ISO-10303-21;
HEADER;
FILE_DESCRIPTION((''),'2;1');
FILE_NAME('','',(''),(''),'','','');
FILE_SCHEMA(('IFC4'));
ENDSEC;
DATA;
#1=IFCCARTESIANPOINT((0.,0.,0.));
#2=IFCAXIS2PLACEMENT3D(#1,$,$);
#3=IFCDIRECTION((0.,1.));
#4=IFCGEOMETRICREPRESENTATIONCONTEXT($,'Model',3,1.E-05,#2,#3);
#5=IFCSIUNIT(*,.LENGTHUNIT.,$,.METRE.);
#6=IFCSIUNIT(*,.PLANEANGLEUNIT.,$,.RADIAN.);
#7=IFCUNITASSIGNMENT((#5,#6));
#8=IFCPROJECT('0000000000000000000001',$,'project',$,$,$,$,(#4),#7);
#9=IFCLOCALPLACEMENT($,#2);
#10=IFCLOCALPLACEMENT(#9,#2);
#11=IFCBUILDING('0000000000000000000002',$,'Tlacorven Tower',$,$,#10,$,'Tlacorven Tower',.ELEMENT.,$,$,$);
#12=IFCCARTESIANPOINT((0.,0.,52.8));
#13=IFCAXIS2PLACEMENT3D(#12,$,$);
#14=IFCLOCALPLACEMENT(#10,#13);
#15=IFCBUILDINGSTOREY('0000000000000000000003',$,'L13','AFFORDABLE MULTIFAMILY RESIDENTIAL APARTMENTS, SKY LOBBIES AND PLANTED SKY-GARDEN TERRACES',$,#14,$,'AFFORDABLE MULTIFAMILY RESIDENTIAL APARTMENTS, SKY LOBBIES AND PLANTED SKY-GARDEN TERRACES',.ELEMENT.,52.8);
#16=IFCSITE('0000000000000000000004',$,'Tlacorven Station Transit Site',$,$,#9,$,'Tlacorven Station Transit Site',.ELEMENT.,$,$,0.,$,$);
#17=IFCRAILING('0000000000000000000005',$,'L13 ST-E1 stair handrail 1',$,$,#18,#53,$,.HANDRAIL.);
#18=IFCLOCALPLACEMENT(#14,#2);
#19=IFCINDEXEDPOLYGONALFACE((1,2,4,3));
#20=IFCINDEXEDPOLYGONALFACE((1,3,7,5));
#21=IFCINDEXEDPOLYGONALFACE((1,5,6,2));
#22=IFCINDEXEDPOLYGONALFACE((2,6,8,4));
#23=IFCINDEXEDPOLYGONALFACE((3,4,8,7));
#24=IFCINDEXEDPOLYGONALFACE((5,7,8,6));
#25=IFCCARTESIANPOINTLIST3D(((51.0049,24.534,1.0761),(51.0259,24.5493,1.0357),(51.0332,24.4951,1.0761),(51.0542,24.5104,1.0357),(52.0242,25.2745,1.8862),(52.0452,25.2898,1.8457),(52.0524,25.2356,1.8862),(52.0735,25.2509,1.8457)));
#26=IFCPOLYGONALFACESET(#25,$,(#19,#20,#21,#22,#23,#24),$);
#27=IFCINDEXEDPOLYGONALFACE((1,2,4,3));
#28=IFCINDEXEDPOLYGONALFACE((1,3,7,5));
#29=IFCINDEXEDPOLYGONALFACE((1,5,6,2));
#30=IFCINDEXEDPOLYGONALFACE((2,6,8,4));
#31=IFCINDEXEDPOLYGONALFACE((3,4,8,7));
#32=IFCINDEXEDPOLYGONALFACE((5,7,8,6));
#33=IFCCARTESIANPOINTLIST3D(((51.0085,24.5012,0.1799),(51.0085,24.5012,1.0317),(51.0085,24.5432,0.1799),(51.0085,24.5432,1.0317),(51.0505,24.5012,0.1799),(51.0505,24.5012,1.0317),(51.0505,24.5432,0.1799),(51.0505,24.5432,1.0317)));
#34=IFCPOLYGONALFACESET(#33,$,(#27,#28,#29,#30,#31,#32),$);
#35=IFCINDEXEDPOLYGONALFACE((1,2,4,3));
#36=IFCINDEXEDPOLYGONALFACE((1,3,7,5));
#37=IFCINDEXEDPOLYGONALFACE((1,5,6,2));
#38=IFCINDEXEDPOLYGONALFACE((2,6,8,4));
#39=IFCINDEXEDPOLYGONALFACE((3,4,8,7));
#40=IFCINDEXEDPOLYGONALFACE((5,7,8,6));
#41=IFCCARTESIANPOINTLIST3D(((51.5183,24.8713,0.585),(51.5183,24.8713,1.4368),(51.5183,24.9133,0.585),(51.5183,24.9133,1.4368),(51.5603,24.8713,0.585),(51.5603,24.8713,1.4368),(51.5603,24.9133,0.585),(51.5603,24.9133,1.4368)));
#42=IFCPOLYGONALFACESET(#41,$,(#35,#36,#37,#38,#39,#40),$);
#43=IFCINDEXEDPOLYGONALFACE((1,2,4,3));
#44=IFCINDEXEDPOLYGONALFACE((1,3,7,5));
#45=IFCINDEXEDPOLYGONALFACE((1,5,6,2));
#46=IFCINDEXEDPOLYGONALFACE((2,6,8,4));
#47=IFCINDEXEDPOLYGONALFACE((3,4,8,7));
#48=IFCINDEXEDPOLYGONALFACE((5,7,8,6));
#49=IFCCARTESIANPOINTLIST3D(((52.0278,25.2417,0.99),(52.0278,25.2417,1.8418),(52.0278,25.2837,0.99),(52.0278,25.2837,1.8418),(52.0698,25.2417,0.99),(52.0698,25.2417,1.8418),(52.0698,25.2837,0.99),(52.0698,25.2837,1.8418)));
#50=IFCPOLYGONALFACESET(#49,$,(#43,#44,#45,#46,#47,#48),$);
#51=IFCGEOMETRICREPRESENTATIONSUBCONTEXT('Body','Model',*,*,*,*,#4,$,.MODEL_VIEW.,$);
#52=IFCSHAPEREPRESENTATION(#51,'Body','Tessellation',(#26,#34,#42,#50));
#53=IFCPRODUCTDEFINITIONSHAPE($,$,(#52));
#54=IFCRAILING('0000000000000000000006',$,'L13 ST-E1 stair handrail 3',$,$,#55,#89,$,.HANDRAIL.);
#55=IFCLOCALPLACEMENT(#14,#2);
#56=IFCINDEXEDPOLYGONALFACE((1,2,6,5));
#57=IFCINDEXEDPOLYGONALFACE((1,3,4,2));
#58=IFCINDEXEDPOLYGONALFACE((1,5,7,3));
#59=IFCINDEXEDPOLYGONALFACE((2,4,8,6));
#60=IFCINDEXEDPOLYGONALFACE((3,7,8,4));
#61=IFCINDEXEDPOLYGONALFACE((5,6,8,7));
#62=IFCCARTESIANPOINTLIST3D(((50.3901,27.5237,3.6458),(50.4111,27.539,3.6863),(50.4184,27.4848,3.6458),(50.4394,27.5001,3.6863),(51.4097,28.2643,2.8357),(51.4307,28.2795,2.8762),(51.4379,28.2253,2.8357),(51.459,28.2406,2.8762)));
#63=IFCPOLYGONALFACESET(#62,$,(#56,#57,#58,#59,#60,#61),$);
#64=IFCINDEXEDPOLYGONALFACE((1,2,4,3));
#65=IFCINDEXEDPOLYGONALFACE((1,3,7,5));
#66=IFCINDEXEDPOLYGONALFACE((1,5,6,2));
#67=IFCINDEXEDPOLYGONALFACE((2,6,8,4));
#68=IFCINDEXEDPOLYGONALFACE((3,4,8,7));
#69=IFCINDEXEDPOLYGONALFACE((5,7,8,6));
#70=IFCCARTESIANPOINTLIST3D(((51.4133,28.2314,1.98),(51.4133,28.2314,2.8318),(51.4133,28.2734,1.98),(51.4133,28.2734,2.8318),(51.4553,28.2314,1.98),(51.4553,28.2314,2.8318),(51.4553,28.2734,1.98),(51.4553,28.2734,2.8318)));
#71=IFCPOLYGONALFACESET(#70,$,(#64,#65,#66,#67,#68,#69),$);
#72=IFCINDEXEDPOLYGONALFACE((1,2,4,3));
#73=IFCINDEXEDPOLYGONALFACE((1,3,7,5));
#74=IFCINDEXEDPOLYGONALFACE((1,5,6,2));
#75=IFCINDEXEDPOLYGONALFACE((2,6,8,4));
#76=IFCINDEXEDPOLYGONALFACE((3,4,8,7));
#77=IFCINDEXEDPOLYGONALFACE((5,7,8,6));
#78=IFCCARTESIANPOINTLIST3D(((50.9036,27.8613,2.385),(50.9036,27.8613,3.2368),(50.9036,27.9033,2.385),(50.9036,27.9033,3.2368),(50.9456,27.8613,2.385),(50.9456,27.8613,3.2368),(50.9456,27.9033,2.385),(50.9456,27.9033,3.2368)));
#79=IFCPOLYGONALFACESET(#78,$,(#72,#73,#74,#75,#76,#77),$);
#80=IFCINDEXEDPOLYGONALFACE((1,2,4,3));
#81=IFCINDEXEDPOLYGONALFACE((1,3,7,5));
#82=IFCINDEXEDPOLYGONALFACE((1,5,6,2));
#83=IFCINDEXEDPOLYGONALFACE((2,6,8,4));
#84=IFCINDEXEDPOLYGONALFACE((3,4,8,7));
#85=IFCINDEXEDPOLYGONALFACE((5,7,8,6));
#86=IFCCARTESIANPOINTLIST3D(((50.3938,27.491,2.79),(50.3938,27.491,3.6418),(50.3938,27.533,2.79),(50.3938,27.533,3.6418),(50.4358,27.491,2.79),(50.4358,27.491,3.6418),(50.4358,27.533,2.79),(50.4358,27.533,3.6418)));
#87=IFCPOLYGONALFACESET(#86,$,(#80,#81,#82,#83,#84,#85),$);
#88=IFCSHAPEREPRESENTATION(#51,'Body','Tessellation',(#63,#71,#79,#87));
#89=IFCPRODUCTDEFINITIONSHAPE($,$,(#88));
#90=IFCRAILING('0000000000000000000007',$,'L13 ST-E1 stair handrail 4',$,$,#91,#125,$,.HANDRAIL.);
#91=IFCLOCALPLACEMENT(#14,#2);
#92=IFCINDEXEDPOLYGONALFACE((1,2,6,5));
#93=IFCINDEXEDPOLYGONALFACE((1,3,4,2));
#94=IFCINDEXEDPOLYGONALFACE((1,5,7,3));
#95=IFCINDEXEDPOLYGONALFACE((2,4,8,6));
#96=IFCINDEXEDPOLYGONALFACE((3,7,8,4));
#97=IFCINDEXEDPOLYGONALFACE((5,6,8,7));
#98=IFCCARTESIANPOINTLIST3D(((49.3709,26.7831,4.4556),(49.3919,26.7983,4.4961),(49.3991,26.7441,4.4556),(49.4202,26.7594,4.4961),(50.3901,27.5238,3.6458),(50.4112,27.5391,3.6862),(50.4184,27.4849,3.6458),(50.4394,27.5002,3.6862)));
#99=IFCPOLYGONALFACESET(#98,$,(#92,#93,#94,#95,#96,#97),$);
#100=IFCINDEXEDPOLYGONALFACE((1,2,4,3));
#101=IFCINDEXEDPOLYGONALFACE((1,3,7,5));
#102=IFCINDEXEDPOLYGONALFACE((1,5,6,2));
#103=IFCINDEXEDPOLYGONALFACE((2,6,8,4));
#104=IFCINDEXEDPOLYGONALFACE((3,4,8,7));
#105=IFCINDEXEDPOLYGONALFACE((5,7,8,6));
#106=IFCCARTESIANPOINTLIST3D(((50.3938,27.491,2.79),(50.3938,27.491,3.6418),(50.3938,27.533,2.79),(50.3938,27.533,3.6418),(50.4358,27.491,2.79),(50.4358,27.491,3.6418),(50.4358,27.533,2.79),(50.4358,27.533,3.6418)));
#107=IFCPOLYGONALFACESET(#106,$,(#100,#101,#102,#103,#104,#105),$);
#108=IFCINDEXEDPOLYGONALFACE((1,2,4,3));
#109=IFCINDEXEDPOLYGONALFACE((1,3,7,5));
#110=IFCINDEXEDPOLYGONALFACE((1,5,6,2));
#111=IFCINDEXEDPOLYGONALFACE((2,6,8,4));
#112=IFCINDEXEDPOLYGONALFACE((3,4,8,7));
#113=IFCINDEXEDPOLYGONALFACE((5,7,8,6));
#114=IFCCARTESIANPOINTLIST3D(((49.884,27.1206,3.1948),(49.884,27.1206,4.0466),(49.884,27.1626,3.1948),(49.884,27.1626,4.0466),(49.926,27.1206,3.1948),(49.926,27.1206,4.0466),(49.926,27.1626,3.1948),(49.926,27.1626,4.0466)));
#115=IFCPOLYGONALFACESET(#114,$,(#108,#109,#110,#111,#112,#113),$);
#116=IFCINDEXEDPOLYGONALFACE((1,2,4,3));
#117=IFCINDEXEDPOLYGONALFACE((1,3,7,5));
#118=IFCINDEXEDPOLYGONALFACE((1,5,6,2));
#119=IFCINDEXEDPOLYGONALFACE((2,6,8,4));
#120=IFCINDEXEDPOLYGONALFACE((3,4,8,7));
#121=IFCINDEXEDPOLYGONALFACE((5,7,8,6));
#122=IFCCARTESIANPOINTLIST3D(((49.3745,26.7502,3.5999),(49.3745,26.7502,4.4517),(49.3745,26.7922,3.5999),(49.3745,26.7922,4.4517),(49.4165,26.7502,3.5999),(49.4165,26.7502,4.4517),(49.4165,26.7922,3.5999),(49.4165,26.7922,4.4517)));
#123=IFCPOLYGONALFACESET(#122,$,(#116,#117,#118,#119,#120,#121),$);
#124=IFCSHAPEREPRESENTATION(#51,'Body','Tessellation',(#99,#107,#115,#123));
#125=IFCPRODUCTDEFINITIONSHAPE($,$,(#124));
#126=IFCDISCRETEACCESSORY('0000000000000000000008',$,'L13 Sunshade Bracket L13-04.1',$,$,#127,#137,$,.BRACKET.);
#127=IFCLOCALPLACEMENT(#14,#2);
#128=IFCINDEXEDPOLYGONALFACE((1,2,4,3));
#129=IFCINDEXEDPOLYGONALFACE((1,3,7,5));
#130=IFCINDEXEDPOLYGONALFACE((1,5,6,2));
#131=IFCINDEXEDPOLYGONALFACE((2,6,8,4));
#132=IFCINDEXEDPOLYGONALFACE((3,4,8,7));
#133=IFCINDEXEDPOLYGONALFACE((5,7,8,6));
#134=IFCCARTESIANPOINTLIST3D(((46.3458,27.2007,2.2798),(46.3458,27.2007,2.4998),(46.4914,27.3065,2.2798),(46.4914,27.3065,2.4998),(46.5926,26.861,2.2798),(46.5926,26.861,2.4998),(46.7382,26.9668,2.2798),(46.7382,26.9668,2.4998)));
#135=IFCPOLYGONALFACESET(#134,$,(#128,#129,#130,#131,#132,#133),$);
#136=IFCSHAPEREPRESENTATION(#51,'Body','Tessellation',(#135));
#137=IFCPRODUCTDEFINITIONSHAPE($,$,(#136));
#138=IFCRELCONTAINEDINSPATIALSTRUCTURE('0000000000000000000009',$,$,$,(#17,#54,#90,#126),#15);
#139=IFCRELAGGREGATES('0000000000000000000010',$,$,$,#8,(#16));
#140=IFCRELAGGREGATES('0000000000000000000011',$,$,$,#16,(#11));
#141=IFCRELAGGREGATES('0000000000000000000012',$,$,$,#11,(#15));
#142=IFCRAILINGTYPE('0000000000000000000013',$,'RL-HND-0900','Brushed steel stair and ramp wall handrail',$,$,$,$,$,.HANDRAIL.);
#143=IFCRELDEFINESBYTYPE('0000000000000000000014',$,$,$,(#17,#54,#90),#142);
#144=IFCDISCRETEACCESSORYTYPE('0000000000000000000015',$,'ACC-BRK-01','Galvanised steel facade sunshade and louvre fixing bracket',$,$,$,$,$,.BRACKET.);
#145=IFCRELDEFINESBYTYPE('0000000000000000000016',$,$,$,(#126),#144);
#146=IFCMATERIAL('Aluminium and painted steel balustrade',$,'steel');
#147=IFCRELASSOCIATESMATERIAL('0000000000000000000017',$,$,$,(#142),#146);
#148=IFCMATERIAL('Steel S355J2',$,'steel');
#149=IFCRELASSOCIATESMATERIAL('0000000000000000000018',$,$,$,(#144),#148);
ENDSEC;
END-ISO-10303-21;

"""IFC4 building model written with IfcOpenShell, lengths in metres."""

from ifc_helpers import new_model, si_unit, direction, frame, origin, origin_2d, place, context, subcontext, project, spatial, rectangle, extrude, source, transform, mapped, material, type_object, element, save


model = new_model("IFC4")

# Units and contexts
model_context = context("Model", 3, precision=1e-05, world=origin(), true_north=direction((0.0, 1.0)))
body_context = subcontext(model_context, "Body", "Model", "MODEL_VIEW")
ifc_project = project(units=[si_unit("LENGTHUNIT", "METRE"), si_unit("PLANEANGLEUNIT", "RADIAN")], contexts=[model_context])

# Site, building, storey
site_placement = place(None, origin())
site = spatial("IfcSite", under=ifc_project, at=site_placement, Name="Tlacorven Station Transit Site", LongName="Tlacorven Station Transit Site", CompositionType="ELEMENT", RefElevation=0.0)
building_placement = place(site_placement, origin())
building = spatial("IfcBuilding", under=site, at=building_placement, Name="Tlacorven Tower", LongName="Tlacorven Tower", CompositionType="ELEMENT")
storey_placement = place(building_placement, frame((0.0, 0.0, 52.8)))
storey = spatial("IfcBuildingStorey", under=building, at=storey_placement, Name="L13", Description="AFFORDABLE MULTIFAMILY RESIDENTIAL APARTMENTS, SKY LOBBIES AND PLANTED SKY-GARDEN TERRACES", LongName="AFFORDABLE MULTIFAMILY RESIDENTIAL APARTMENTS, SKY LOBBIES AND PLANTED SKY-GARDEN TERRACES", CompositionType="ELEMENT", Elevation=52.8)

# Railings
ifc_material_1 = material(Name="Aluminium and painted steel balustrade", Category="steel")
railing_type_1 = type_object("IfcRailingType", Name="RL-HND-0900", Description="Brushed steel stair and ramp wall handrail", PredefinedType="HANDRAIL", material=ifc_material_1)
shared_shape_1 = source(origin(), body_context, "Body", "SweptSolid", [
    extrude(rectangle(XDim=0.0481, YDim=0.0481, at=origin_2d()), frame((0.0, 0.0, 0.876), z_axis=(0.680516, 0.494373, 0.540827), x_axis=(-0.587745, 0.809046, 0.0)), (0.0, 0.0, 1.0), 1.4978),
    extrude(rectangle(XDim=0.042, YDim=0.042, at=origin_2d()), origin(), (0.0, 0.0, 1.0), 0.8518),
    extrude(rectangle(XDim=0.042, YDim=0.042, at=origin_2d()), frame((0.5098, 0.3701, 0.405)), (0.0, 0.0, 1.0), 0.8518),
    extrude(rectangle(XDim=0.042, YDim=0.042, at=origin_2d()), frame((1.0193, 0.7405, 0.8101)), (0.0, 0.0, 1.0), 0.8518),
])
railing_1_placement = place(storey_placement, frame((51.0295, 24.5222, 0.1799)))
element("IfcRailing", 1, at=railing_1_placement, inside=storey, type_object=railing_type_1, Name="L13 ST-E1 stair handrail 1", PredefinedType="HANDRAIL", context=body_context, shape_type="MappedRepresentation", body=[
    mapped(shared_shape_1, transform((0.0, 0.0, 0.0), scale=1.0)),
])
shared_shape_2 = source(origin(), body_context, "Body", "SweptSolid", [
    extrude(rectangle(XDim=0.0481, YDim=0.0481, at=origin_2d()), frame((0.0, 0.0, 0.876), z_axis=(-0.680604, -0.494318, 0.540767), x_axis=(0.587653, -0.809113, 0.0)), (0.0, 0.0, 1.0), 1.498),
    extrude(rectangle(XDim=0.042, YDim=0.042, at=origin_2d()), origin(), (0.0, 0.0, 1.0), 0.8518),
    extrude(rectangle(XDim=0.042, YDim=0.042, at=origin_2d()), frame((-0.5098, -0.3701, 0.405)), (0.0, 0.0, 1.0), 0.8518),
    extrude(rectangle(XDim=0.042, YDim=0.042, at=origin_2d()), frame((-1.0195, -0.7405, 0.8101)), (0.0, 0.0, 1.0), 0.8518),
])
railing_2_placement = place(storey_placement, frame((51.4343, 28.2524, 1.98)))
element("IfcRailing", 2, at=railing_2_placement, inside=storey, type_object=railing_type_1, Name="L13 ST-E1 stair handrail 3", PredefinedType="HANDRAIL", context=body_context, shape_type="MappedRepresentation", body=[
    mapped(shared_shape_2, transform((0.0, 0.0, 0.0), scale=1.0)),
])
shared_shape_3 = source(origin(), body_context, "Body", "SweptSolid", [
    extrude(rectangle(XDim=0.0481, YDim=0.0481, at=origin_2d()), frame((0.0, 0.0, 0.876), z_axis=(-0.680521, -0.494539, 0.540668), x_axis=(0.587872, -0.808954, 0.0)), (0.0, 0.0, 1.0), 1.4978),
    extrude(rectangle(XDim=0.042, YDim=0.042, at=origin_2d()), origin(), (0.0, 0.0, 1.0), 0.8518),
    extrude(rectangle(XDim=0.042, YDim=0.042, at=origin_2d()), frame((-0.5098, -0.3704, 0.4048)), (0.0, 0.0, 1.0), 0.8518),
    extrude(rectangle(XDim=0.042, YDim=0.042, at=origin_2d()), frame((-1.0193, -0.7407, 0.8098)), (0.0, 0.0, 1.0), 0.8518),
])
railing_3_placement = place(storey_placement, frame((50.4148, 27.512, 2.79)))
element("IfcRailing", 3, at=railing_3_placement, inside=storey, type_object=railing_type_1, Name="L13 ST-E1 stair handrail 4", PredefinedType="HANDRAIL", context=body_context, shape_type="MappedRepresentation", body=[
    mapped(shared_shape_3, transform((0.0, 0.0, 0.0), scale=1.0)),
])

# Discrete accessory
ifc_material_2 = material(Name="Steel S355J2", Category="steel")
discrete_accessory_type = type_object("IfcDiscreteAccessoryType", Name="ACC-BRK-01", Description="Galvanised steel facade sunshade and louvre fixing bracket", PredefinedType="BRACKET", material=ifc_material_2)
shared_shape_4 = source(origin(), body_context, "Body", "SweptSolid", [
    extrude(rectangle(XDim=0.1799, YDim=0.4199, at=origin_2d()), origin(), (0.0, 0.0, 1.0), 0.22),
])
discrete_accessory_placement = place(storey_placement, frame((46.542, 27.0837, 2.2798), z_axis=(0.0, 0.0, 1.0), x_axis=(0.809017, 0.587785, 0.0)))
element("IfcDiscreteAccessory", 4, at=discrete_accessory_placement, inside=storey, type_object=discrete_accessory_type, Name="L13 Sunshade Bracket L13-04.1", PredefinedType="BRACKET", context=body_context, shape_type="MappedRepresentation", body=[
    mapped(shared_shape_4, transform((0.0, 0.0, 0.0), scale=1.0)),
])

save(model, "model.ifc")
